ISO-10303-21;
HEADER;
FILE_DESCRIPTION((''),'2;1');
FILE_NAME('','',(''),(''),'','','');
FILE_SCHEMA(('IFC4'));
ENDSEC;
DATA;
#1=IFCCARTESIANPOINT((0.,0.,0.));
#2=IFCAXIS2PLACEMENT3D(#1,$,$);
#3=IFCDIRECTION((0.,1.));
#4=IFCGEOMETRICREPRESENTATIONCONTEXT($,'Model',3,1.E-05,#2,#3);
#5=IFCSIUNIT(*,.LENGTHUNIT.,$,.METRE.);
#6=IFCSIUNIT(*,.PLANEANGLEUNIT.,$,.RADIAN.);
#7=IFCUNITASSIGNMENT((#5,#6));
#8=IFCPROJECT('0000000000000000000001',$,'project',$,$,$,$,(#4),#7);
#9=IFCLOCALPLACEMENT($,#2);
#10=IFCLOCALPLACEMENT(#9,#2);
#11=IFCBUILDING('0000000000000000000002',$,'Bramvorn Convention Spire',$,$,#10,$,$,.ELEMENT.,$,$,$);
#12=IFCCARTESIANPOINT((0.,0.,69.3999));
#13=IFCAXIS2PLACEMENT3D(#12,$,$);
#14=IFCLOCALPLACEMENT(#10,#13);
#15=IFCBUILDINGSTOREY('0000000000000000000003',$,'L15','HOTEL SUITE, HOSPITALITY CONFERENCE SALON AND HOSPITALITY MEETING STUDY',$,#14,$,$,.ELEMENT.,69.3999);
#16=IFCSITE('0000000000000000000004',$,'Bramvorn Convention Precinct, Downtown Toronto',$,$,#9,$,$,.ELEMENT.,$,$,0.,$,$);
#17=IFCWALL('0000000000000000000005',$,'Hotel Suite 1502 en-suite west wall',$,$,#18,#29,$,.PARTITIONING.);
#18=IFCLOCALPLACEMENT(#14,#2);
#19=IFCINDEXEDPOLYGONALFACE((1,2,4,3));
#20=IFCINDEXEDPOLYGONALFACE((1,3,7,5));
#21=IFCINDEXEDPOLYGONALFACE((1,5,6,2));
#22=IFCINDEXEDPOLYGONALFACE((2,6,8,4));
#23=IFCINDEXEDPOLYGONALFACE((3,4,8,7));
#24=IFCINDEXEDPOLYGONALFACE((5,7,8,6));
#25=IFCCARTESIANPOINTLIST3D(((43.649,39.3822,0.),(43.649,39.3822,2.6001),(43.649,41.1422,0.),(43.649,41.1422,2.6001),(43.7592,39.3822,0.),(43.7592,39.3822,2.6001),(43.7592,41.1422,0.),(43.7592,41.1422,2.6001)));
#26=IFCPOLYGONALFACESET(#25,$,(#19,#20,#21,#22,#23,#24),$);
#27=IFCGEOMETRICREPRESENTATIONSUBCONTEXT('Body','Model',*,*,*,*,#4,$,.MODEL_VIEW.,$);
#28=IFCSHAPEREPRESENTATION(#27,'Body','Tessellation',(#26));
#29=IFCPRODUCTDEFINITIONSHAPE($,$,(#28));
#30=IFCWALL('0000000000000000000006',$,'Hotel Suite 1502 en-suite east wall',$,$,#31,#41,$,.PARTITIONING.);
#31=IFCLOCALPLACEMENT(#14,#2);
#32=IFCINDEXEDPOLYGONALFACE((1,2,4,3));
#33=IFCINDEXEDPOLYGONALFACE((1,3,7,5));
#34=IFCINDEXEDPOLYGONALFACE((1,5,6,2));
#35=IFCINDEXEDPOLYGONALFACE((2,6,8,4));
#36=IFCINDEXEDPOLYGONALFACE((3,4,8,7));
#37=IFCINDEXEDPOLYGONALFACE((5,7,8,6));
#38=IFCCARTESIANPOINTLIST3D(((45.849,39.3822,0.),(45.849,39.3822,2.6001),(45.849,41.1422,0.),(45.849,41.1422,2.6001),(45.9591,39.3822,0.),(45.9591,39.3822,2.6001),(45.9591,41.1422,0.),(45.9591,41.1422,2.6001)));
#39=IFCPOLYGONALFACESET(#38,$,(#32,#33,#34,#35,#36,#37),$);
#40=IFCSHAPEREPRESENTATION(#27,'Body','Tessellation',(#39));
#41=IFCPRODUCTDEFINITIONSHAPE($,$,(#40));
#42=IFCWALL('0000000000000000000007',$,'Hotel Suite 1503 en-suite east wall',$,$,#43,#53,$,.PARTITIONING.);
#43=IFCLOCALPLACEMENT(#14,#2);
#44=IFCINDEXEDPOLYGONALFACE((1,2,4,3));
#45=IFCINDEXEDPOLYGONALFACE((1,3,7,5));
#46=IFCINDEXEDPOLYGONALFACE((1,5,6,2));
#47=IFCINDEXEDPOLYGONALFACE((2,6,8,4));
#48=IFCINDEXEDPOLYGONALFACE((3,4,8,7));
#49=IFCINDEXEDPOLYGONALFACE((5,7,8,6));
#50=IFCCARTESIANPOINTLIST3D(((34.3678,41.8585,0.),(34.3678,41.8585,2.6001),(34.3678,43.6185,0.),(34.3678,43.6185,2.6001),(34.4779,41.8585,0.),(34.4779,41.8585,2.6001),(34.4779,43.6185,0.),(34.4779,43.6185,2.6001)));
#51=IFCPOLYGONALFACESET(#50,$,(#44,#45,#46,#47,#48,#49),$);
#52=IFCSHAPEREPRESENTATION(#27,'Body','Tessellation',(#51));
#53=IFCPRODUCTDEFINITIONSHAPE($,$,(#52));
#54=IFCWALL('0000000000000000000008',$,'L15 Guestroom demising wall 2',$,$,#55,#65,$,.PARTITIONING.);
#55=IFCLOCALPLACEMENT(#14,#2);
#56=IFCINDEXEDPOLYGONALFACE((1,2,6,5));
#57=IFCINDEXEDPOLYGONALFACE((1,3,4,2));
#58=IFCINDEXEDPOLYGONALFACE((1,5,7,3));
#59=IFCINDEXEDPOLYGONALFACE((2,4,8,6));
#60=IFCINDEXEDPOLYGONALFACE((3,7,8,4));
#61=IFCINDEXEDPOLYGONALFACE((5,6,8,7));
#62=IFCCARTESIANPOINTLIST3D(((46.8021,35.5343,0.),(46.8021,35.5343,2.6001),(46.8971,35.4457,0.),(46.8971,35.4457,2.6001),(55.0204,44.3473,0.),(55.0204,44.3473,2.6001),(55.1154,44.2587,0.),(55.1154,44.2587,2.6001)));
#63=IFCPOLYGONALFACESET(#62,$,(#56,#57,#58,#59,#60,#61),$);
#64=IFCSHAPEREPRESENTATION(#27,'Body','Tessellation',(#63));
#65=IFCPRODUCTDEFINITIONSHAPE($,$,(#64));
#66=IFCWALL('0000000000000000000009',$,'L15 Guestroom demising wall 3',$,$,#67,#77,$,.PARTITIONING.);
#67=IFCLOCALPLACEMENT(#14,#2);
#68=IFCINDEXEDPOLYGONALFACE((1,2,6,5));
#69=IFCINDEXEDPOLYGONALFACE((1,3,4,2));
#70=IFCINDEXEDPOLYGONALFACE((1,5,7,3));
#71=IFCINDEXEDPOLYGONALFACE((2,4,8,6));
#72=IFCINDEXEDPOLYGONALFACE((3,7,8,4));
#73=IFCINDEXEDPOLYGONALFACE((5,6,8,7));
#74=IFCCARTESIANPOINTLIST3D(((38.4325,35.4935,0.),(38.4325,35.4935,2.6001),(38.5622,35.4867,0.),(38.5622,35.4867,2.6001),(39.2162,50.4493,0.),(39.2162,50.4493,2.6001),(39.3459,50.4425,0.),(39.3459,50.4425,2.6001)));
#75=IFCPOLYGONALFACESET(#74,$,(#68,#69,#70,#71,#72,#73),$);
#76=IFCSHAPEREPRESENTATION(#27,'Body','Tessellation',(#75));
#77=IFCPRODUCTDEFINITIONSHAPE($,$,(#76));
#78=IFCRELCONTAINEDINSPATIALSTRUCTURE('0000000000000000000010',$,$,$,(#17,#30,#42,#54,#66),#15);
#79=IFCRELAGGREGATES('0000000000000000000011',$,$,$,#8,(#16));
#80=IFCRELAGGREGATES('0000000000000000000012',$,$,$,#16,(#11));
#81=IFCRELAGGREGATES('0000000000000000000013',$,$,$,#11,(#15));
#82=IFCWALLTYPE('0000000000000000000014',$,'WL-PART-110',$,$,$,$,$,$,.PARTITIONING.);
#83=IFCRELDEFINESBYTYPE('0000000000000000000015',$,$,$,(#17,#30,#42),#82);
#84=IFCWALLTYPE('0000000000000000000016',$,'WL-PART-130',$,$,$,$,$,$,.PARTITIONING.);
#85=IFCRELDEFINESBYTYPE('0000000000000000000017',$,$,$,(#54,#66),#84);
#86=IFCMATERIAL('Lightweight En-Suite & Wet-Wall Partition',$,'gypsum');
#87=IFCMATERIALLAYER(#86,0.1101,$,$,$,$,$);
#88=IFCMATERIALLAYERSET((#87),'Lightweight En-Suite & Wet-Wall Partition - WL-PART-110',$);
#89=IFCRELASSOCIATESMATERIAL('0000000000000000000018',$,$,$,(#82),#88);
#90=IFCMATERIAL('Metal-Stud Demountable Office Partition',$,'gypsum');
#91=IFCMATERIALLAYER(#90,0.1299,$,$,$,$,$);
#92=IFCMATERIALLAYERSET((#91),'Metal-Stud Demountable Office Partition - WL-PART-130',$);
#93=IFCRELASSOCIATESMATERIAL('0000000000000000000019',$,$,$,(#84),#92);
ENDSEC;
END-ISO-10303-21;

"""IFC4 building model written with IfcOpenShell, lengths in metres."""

from ifc_helpers import new_model, si_unit, direction, frame, frame_2d, origin, place, context, subcontext, project, spatial, rectangle, extrude, material, layer, layer_set, type_object, element, save


model = new_model("IFC4")

# Units and contexts
model_context = context("Model", 3, precision=1e-05, world=origin(), true_north=direction((0.0, 1.0)))
body_context = subcontext(model_context, "Body", "Model", "MODEL_VIEW")
ifc_project = project(units=[si_unit("LENGTHUNIT", "METRE"), si_unit("PLANEANGLEUNIT", "RADIAN")], contexts=[model_context])

# Site, building, storey
site_placement = place(None, origin())
site = spatial("IfcSite", under=ifc_project, at=site_placement, Name="Bramvorn Convention Precinct, Downtown Toronto", CompositionType="ELEMENT", RefElevation=0.0)
building_placement = place(site_placement, origin())
building = spatial("IfcBuilding", under=site, at=building_placement, Name="Bramvorn Convention Spire", CompositionType="ELEMENT")
storey_placement = place(building_placement, frame((0.0, 0.0, 69.3999)))
storey = spatial("IfcBuildingStorey", under=building, at=storey_placement, Name="L15", Description="HOTEL SUITE, HOSPITALITY CONFERENCE SALON AND HOSPITALITY MEETING STUDY", CompositionType="ELEMENT", Elevation=69.3999)

# Shared definitions
ifc_material_1 = material(Name="Lightweight En-Suite & Wet-Wall Partition", Category="gypsum")
ifc_layer_1 = layer(ifc_material_1, 0.1101)
ifc_layer_set_1 = layer_set([ifc_layer_1], Name="Lightweight En-Suite & Wet-Wall Partition - WL-PART-110")
wall_type_1 = type_object("IfcWallType", Name="WL-PART-110", PredefinedType="PARTITIONING", material=ifc_layer_set_1)

# Walls
for number, where, z_axis, x_axis, name in (
    (1, (43.7041, 39.3823, 0.0), (0.0, 0.0, 1.0), (0.0, 1.0, 0.0), "Hotel Suite 1502 en-suite west wall"),
    (2, (45.9041, 39.3823, 0.0), (0.0, 0.0, 1.0), (0.0, 1.0, 0.0), "Hotel Suite 1502 en-suite east wall"),
    (3, (34.4229, 41.8586, 0.0), (0.0, 0.0, 1.0), (0.0, 1.0, 0.0), "Hotel Suite 1503 en-suite east wall"),
):
    element("IfcWall", number, at=place(storey_placement, frame(where, z_axis=z_axis, x_axis=x_axis)), inside=storey, type_object=wall_type_1, Name=name, PredefinedType="PARTITIONING", context=body_context, shape_type="SweptSolid", body=[
        extrude(rectangle(XDim=1.76, YDim=0.1101, at=frame_2d((0.8799, 0.0))), origin(), (0.0, 0.0, 1.0), 2.6001),
    ])
ifc_material_2 = material(Name="Metal-Stud Demountable Office Partition", Category="gypsum")
ifc_layer_2 = layer(ifc_material_2, 0.1299)
ifc_layer_set_2 = layer_set([ifc_layer_2], Name="Metal-Stud Demountable Office Partition - WL-PART-130")
wall_type_2 = type_object("IfcWallType", Name="WL-PART-130", PredefinedType="PARTITIONING", material=ifc_layer_set_2)
wall_1_placement = place(storey_placement, frame((46.8496, 35.49, 0.0), z_axis=(0.0, 0.0, 1.0), x_axis=(0.681999, 0.731353, 0.0)))
element("IfcWall", 4, at=wall_1_placement, inside=storey, type_object=wall_type_2, Name="L15 Guestroom demising wall 2", PredefinedType="PARTITIONING", context=body_context, shape_type="SweptSolid", body=[
    extrude(rectangle(XDim=12.0503, YDim=0.1299, at=frame_2d((6.0251, 0.0))), origin(), (0.0, 0.0, 1.0), 2.6001),
])
wall_2_placement = place(storey_placement, frame((38.4973, 35.49, 0.0), z_axis=(0.0, 0.0, 1.0), x_axis=(0.052329, 0.99863, 0.0)))
element("IfcWall", 5, at=wall_2_placement, inside=storey, type_object=wall_type_2, Name="L15 Guestroom demising wall 3", PredefinedType="PARTITIONING", context=body_context, shape_type="SweptSolid", body=[
    extrude(rectangle(XDim=14.9763, YDim=0.1299, at=frame_2d((7.4883, 0.0))), origin(), (0.0, 0.0, 1.0), 2.6001),
])

save(model, "model.ifc")
